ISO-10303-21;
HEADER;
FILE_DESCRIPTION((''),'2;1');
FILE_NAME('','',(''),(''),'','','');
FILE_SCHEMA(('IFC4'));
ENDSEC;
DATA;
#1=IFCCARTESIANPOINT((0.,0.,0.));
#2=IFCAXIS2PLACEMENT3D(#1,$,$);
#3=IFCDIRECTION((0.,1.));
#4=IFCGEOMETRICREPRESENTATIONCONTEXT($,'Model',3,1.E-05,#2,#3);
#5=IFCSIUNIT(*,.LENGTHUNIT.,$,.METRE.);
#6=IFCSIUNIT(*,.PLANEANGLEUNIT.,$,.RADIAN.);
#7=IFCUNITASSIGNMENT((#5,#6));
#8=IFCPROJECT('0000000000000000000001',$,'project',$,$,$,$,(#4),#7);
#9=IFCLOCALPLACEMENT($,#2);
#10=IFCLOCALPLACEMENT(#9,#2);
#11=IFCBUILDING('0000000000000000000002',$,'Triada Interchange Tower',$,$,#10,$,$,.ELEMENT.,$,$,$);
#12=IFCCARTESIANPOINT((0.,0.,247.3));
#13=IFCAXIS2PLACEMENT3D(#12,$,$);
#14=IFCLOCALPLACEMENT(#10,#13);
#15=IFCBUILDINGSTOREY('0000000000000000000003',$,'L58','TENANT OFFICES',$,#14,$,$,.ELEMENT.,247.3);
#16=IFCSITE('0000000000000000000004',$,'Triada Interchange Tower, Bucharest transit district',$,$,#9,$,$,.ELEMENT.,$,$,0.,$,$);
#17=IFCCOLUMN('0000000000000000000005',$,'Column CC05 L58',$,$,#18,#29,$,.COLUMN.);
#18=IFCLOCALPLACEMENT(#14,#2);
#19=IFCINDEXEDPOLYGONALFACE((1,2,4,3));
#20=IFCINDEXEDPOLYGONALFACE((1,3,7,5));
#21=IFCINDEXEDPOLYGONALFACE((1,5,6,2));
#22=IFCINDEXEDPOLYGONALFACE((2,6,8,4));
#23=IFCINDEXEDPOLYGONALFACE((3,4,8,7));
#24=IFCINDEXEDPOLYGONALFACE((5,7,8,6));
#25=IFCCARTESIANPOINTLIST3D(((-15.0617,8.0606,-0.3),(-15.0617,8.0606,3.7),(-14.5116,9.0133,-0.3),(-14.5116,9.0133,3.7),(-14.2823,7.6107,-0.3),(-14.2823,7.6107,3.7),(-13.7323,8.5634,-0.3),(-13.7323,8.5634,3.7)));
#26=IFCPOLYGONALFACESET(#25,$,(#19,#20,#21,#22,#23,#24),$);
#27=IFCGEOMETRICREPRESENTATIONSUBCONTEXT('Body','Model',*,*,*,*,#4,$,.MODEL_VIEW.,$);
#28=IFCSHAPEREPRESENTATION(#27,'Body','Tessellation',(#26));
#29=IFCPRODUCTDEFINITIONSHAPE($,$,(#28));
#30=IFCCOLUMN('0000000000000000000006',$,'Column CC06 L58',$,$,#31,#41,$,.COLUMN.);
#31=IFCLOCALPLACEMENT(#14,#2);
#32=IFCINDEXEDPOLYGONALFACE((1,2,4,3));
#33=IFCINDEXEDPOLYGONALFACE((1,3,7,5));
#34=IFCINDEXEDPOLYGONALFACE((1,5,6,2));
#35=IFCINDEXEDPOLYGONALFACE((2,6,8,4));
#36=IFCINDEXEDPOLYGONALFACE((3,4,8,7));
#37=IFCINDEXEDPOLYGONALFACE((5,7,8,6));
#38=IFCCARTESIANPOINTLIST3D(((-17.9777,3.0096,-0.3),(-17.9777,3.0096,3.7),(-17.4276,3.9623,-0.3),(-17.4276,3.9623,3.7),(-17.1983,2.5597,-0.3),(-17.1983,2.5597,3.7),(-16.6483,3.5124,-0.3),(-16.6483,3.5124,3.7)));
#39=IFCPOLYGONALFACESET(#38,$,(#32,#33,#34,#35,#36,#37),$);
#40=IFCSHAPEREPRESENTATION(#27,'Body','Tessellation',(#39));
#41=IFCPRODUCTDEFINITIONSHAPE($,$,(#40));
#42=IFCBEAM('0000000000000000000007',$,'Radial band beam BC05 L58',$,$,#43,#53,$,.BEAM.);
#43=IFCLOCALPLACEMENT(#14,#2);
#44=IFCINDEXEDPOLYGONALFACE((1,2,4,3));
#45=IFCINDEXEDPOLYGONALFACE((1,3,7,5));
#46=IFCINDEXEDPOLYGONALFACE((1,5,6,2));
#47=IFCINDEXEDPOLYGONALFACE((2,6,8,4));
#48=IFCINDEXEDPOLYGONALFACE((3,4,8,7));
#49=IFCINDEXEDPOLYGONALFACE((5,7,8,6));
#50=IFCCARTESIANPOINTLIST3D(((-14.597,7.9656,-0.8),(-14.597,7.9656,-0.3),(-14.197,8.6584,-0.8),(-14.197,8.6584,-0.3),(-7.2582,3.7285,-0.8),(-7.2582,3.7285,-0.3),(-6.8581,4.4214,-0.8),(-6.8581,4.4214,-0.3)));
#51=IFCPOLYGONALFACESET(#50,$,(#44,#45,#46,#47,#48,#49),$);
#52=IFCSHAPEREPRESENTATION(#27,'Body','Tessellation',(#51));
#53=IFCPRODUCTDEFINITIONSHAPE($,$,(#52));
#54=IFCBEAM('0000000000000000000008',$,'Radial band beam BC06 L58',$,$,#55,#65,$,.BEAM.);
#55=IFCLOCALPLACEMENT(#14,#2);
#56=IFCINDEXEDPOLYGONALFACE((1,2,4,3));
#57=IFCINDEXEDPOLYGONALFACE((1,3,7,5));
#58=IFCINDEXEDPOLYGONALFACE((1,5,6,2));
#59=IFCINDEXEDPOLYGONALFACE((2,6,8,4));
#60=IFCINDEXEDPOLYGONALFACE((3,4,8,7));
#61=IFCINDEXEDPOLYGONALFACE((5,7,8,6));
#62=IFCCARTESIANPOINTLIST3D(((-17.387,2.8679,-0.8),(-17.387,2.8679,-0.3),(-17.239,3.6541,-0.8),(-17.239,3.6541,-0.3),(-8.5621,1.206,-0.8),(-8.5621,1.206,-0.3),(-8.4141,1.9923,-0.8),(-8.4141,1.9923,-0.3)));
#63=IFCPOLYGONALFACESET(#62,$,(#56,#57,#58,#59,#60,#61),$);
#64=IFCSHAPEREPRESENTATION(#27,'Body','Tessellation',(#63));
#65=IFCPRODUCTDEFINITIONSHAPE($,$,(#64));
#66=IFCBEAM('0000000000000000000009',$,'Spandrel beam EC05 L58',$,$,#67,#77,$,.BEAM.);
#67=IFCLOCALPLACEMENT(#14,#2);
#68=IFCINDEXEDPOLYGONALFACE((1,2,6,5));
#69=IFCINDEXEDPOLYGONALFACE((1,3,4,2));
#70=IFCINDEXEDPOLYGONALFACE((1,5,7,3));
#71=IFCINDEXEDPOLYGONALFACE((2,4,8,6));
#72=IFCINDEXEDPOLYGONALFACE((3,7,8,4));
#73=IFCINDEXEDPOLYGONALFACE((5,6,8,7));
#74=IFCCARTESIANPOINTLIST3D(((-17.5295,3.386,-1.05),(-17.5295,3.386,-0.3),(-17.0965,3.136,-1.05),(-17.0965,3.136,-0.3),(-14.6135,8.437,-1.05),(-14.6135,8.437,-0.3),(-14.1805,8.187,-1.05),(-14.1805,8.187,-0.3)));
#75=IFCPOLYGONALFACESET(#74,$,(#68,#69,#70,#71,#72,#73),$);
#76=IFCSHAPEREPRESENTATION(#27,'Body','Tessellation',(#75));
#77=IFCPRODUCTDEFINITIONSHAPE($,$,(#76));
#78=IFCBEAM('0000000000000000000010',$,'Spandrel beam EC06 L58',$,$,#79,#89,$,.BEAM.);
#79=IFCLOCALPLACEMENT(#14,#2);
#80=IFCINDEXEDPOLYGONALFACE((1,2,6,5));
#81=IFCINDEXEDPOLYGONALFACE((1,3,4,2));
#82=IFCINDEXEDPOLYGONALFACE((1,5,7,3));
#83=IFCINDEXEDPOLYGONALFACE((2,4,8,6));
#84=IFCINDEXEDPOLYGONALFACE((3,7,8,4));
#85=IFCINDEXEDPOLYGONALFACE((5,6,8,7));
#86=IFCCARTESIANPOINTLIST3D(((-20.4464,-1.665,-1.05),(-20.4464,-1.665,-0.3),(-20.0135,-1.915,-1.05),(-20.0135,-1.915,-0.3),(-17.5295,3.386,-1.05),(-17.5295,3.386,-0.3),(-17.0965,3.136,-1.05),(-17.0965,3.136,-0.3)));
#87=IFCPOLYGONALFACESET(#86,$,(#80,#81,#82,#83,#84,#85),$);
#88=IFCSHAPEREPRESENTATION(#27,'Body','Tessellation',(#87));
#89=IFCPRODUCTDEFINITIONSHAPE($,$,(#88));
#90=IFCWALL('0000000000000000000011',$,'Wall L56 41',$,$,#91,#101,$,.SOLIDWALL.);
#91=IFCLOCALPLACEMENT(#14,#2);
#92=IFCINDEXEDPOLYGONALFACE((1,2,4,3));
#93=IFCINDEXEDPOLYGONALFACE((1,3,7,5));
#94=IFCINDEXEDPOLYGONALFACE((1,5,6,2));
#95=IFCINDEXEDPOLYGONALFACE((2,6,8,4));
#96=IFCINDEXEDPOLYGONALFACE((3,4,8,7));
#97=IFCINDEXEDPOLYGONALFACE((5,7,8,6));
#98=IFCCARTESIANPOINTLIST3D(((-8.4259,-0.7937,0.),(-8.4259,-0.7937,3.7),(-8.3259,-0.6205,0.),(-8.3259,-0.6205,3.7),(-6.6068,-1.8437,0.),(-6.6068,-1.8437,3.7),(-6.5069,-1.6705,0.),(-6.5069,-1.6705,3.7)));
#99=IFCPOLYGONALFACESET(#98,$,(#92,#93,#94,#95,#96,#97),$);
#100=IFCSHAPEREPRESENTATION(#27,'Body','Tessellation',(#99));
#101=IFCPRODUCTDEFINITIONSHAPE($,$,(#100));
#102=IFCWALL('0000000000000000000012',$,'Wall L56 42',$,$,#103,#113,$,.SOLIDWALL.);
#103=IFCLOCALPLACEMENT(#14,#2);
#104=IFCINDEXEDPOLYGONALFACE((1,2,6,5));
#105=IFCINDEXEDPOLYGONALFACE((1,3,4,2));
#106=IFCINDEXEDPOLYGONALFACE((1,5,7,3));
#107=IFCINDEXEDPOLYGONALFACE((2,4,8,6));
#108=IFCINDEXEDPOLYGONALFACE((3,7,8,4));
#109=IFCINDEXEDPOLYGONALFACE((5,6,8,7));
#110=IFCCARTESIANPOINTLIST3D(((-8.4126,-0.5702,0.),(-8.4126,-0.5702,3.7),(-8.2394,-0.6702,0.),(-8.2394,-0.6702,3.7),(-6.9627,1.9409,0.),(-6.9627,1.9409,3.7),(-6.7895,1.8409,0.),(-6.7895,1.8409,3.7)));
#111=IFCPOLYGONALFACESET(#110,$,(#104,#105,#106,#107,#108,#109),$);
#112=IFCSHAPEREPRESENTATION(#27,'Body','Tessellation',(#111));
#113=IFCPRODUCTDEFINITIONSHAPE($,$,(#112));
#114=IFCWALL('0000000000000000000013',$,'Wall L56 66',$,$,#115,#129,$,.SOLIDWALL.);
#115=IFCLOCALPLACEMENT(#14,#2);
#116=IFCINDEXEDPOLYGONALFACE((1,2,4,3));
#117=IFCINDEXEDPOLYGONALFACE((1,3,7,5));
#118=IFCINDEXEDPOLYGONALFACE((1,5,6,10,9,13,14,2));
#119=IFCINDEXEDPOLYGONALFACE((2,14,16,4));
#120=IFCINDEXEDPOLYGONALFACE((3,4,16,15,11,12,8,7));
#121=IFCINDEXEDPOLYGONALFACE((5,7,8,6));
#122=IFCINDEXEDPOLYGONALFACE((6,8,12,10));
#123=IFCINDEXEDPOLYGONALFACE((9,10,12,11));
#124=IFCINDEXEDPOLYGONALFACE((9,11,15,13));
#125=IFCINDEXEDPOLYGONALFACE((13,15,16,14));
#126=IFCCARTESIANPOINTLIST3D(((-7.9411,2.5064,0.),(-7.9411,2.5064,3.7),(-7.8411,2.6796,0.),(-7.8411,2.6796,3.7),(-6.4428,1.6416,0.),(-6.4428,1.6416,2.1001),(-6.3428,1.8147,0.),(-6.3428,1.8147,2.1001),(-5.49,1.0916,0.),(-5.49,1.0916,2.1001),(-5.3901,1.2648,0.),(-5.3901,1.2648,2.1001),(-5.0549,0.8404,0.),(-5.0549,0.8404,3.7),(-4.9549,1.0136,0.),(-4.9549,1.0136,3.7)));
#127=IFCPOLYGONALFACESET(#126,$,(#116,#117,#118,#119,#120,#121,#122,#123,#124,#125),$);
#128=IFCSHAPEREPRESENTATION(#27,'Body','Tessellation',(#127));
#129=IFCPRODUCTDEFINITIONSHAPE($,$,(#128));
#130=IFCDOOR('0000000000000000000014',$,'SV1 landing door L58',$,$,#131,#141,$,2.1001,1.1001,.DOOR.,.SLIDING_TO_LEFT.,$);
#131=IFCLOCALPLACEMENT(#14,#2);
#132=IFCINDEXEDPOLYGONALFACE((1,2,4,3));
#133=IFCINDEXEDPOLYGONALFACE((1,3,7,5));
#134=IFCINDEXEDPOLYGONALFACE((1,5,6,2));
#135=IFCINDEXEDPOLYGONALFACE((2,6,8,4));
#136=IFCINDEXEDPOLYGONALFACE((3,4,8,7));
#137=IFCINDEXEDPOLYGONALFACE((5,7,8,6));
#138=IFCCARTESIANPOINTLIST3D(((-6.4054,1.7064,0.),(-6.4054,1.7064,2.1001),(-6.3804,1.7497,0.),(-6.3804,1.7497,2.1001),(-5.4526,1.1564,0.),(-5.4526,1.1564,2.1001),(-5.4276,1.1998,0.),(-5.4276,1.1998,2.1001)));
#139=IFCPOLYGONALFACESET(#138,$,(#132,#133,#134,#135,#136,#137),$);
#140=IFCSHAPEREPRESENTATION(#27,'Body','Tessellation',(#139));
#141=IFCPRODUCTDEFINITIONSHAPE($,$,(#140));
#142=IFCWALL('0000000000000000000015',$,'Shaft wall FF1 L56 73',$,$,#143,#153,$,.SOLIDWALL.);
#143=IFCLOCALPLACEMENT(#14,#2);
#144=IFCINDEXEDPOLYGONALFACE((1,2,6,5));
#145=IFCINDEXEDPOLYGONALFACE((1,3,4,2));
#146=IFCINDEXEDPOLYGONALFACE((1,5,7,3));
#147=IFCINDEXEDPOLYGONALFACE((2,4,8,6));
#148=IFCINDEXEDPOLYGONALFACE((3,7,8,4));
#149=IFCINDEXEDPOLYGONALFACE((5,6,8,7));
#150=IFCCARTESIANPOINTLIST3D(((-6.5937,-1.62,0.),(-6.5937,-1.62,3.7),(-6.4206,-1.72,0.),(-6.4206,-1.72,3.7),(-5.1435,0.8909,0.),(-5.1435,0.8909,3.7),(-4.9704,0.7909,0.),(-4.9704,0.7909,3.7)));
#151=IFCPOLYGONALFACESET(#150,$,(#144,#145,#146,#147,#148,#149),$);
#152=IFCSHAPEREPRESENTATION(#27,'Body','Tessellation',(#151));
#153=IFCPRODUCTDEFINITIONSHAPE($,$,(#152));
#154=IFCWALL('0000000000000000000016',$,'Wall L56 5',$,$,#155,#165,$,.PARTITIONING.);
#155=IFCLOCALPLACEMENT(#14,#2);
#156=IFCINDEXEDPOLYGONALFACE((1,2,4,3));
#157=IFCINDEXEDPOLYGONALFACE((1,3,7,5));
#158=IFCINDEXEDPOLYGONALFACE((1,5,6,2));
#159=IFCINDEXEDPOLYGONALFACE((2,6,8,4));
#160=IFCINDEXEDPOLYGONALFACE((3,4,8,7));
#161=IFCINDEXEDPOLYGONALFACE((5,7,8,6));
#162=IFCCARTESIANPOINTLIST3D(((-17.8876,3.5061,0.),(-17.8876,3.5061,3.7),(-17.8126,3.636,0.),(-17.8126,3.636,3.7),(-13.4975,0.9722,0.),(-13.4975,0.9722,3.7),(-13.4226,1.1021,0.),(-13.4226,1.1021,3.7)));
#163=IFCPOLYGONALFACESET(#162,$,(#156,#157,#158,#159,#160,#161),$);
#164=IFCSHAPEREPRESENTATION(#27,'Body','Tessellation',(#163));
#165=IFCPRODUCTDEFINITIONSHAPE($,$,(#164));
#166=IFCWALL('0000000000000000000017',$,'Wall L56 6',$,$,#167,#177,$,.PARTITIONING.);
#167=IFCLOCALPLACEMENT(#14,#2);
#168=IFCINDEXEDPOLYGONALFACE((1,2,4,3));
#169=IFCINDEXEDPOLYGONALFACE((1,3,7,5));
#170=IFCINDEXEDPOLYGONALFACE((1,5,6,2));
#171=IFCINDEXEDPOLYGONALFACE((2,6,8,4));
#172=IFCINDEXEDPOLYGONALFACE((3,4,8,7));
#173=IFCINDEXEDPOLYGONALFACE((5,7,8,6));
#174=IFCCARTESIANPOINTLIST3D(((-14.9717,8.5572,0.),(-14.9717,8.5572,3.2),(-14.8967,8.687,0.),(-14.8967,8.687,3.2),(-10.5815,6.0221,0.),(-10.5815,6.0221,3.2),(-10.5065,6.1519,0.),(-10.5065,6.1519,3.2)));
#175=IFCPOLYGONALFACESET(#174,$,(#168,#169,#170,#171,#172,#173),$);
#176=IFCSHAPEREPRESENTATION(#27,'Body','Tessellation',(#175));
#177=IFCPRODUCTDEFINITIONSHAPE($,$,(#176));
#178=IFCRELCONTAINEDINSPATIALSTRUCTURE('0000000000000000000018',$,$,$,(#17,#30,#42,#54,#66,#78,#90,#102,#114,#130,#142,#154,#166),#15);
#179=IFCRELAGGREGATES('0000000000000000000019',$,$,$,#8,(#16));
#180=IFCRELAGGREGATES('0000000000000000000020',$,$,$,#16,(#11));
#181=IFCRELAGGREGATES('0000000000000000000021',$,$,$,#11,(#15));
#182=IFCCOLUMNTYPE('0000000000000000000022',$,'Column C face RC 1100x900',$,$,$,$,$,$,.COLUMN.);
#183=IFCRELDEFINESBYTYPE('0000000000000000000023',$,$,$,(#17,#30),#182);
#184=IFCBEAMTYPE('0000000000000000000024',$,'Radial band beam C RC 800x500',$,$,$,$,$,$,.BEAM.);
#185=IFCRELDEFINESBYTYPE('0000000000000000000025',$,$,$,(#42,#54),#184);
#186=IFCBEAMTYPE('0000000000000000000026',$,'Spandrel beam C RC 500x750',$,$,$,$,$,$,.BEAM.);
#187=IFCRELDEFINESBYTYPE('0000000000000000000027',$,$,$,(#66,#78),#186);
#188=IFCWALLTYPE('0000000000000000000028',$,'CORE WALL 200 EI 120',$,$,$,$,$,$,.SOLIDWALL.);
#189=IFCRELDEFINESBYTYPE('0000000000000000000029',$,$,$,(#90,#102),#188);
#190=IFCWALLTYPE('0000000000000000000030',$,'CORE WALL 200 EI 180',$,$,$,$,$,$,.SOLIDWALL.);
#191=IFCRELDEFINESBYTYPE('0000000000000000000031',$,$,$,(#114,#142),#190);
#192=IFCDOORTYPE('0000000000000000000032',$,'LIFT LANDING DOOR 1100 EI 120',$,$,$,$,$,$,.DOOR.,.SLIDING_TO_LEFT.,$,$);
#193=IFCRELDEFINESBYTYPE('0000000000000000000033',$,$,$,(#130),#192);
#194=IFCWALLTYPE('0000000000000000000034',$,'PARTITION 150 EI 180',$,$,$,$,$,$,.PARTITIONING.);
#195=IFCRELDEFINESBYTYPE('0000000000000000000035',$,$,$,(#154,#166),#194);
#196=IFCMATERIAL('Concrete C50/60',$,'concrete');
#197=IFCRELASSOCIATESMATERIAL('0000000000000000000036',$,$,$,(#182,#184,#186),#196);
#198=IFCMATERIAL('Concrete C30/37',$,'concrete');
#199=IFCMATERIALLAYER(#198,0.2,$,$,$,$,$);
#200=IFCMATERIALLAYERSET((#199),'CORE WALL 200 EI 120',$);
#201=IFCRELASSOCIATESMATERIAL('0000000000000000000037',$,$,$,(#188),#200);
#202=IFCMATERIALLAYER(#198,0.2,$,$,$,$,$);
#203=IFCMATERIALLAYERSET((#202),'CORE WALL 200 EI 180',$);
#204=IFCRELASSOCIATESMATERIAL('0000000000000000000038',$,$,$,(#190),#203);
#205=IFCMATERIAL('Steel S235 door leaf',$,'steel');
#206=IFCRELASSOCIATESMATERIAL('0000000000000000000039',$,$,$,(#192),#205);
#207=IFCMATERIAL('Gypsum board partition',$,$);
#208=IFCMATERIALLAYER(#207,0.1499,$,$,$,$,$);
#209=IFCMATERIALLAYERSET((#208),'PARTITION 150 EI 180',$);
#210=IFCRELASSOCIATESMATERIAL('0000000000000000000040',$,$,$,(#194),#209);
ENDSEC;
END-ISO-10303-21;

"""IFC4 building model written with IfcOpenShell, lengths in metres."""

from ifc_helpers import new_model, si_unit, direction, frame, frame_2d, origin, origin_2d, place, context, subcontext, project, spatial, rectangle, extrude, material, layer, layer_set, material_profile, profile_set, type_object, element, fill, save


model = new_model("IFC4")

# Units and contexts
model_context = context("Model", 3, precision=1e-05, world=origin(), true_north=direction((0.0, 1.0)))
body_context = subcontext(model_context, "Body", "Model", "MODEL_VIEW")
ifc_project = project(units=[si_unit("LENGTHUNIT", "METRE"), si_unit("PLANEANGLEUNIT", "RADIAN")], contexts=[model_context])

# Site, building, storey
site_placement = place(None, origin())
site = spatial("IfcSite", under=ifc_project, at=site_placement, Name="Triada Interchange Tower, Bucharest transit district", CompositionType="ELEMENT", RefElevation=0.0)
building_placement = place(site_placement, origin())
building = spatial("IfcBuilding", under=site, at=building_placement, Name="Triada Interchange Tower", CompositionType="ELEMENT")
storey_placement = place(building_placement, frame((0.0, 0.0, 247.3)))
storey = spatial("IfcBuildingStorey", under=building, at=storey_placement, Name="L58", Description="TENANT OFFICES", CompositionType="ELEMENT", Elevation=247.3)

# Columns
ifc_material_1 = material(Name="Concrete C50/60", Category="concrete")
ifc_material_profile_1 = material_profile(ifc_material_1, rectangle(XDim=1.1001, YDim=0.8999, at=origin_2d()), Name="RC 1100x900")
ifc_profile_set_1 = profile_set([ifc_material_profile_1], Name="Concrete C50/60")
column_type = type_object("IfcColumnType", Name="Column C face RC 1100x900", PredefinedType="COLUMN", material=ifc_profile_set_1)
for number, where, z_axis, x_axis, name in (
    (1, (-14.397, 8.312, -0.3), (0.0, 0.0, 1.0), (0.5, 0.866025, 0.0), "Column CC05 L58"),
    (2, (-17.313, 3.261, -0.3), (0.0, 0.0, 1.0), (0.5, 0.866025, 0.0), "Column CC06 L58"),
):
    element("IfcColumn", number, at=place(storey_placement, frame(where, z_axis=z_axis, x_axis=x_axis)), inside=storey, type_object=column_type, Name=name, PredefinedType="COLUMN", context=body_context, shape_type="SweptSolid", body=[
        extrude(rectangle(XDim=1.1001, YDim=0.8999, at=origin_2d()), origin(), (0.0, 0.0, 1.0), 4.0),
    ])

# Beams
ifc_material_profile_2 = material_profile(ifc_material_1, rectangle(XDim=0.8, YDim=0.5, at=origin_2d()), Name="RC 800x500")
ifc_profile_set_2 = profile_set([ifc_material_profile_2], Name="Concrete C50/60")
beam_type_1 = type_object("IfcBeamType", Name="Radial band beam C RC 800x500", PredefinedType="BEAM", material=ifc_profile_set_2)
beam_1_placement = place(storey_placement, frame((-14.397, 8.312, -0.55), z_axis=(0.866027, -0.499997, 0.0), x_axis=(0.499997, 0.866027, 0.0)))
element("IfcBeam", 3, at=beam_1_placement, inside=storey, type_object=beam_type_1, Name="Radial band beam BC05 L58", PredefinedType="BEAM", context=body_context, shape_type="SweptSolid", body=[
    extrude(rectangle(XDim=0.8, YDim=0.5, at=origin_2d()), origin(), (0.0, 0.0, 1.0), 8.4741),
])
beam_2_placement = place(storey_placement, frame((-17.313, 3.261, -0.55), z_axis=(0.982727, -0.185062, 0.0), x_axis=(0.185062, 0.982727, 0.0)))
element("IfcBeam", 4, at=beam_2_placement, inside=storey, type_object=beam_type_1, Name="Radial band beam BC06 L58", PredefinedType="BEAM", context=body_context, shape_type="SweptSolid", body=[
    extrude(rectangle(XDim=0.8, YDim=0.5, at=origin_2d()), origin(), (0.0, 0.0, 1.0), 8.98),
])
ifc_material_profile_3 = material_profile(ifc_material_1, rectangle(XDim=0.5, YDim=0.75, at=origin_2d()), Name="RC 500x750")
ifc_profile_set_3 = profile_set([ifc_material_profile_3], Name="Concrete C50/60")
beam_type_2 = type_object("IfcBeamType", Name="Spandrel beam C RC 500x750", PredefinedType="BEAM", material=ifc_profile_set_3)
beam_3_placement = place(storey_placement, frame((-14.397, 8.312, -0.675), z_axis=(-0.499975, -0.86604, 0.0), x_axis=(0.86604, -0.499975, 0.0)))
element("IfcBeam", 5, at=beam_3_placement, inside=storey, type_object=beam_type_2, Name="Spandrel beam EC05 L58", PredefinedType="BEAM", context=body_context, shape_type="SweptSolid", body=[
    extrude(rectangle(XDim=0.5, YDim=0.75, at=origin_2d()), origin(), (0.0, 0.0, 1.0), 5.8323),
])
beam_4_placement = place(storey_placement, frame((-17.313, 3.261, -0.675), z_axis=(-0.5001, -0.865967, 0.0), x_axis=(0.865967, -0.5001, 0.0)))
element("IfcBeam", 6, at=beam_4_placement, inside=storey, type_object=beam_type_2, Name="Spandrel beam EC06 L58", PredefinedType="BEAM", context=body_context, shape_type="SweptSolid", body=[
    extrude(rectangle(XDim=0.5, YDim=0.75, at=origin_2d()), origin(), (0.0, 0.0, 1.0), 5.8328),
])

# Walls
ifc_material_2 = material(Name="Concrete C30/37", Category="concrete")
ifc_layer_1 = layer(ifc_material_2, 0.2)
ifc_layer_set_1 = layer_set([ifc_layer_1], Name="CORE WALL 200 EI 120")
wall_type_1 = type_object("IfcWallType", Name="CORE WALL 200 EI 120", PredefinedType="SOLIDWALL", material=ifc_layer_set_1)
wall_1_placement = place(storey_placement, frame((-8.376, -0.707, 0.0), z_axis=(0.0, 0.0, 1.0), x_axis=(0.866068, -0.499927, 0.0)))
element("IfcWall", 7, at=wall_1_placement, inside=storey, type_object=wall_type_1, Name="Wall L56 41", PredefinedType="SOLIDWALL", context=body_context, shape_type="SweptSolid", body=[
    extrude(rectangle(XDim=2.1003, YDim=0.2, at=frame_2d((1.0503, 0.0))), origin(), (0.0, 0.0, 1.0), 3.7),
])
wall_2_placement = place(storey_placement, frame((-8.3259, -0.6201, 0.0), z_axis=(0.0, 0.0, 1.0), x_axis=(0.500024, 0.866012, 0.0)))
element("IfcWall", 8, at=wall_2_placement, inside=storey, type_object=wall_type_1, Name="Wall L56 42", PredefinedType="SOLIDWALL", context=body_context, shape_type="SweptSolid", body=[
    extrude(rectangle(XDim=2.8997, YDim=0.2, at=frame_2d((1.4497, 0.0))), origin(), (0.0, 0.0, 1.0), 3.7),
])

# Wall, opening, door
ifc_layer_2 = layer(ifc_material_2, 0.2)
ifc_layer_set_2 = layer_set([ifc_layer_2], Name="CORE WALL 200 EI 180")
wall_type_2 = type_object("IfcWallType", Name="CORE WALL 200 EI 180", PredefinedType="SOLIDWALL", material=ifc_layer_set_2)
wall_3_placement = place(storey_placement, frame((-7.8911, 2.593, 0.0), z_axis=(0.0, 0.0, 1.0), x_axis=(0.866071, -0.499921, 0.0)))
wall_3 = element("IfcWall", 9, at=wall_3_placement, inside=storey, type_object=wall_type_2, Name="Wall L56 66", PredefinedType="SOLIDWALL", context=body_context, shape_type="SweptSolid", body=[
    extrude(rectangle(XDim=3.3325, YDim=0.2, at=frame_2d((1.6663, 0.0))), origin(), (0.0, 0.0, 1.0), 3.7),
])
opening_placement = place(wall_3_placement, frame((1.73, 0.0, 0.0)))
opening = element("IfcOpeningElement", 10, at=opening_placement, cuts=wall_3, PredefinedType="OPENING", context=body_context, shape_type="SweptSolid", body=[
    extrude(rectangle(XDim=1.1001, YDim=2.1001, at=frame_2d((0.55, 1.05))), frame((0.0, 0.1099, 0.0), z_axis=(0.0, -1.0, 0.0), x_axis=(1.0, 0.0, 0.0)), (0.0, 0.0, 1.0), 0.22),
])
ifc_material_3 = material(Name="Steel S235 door leaf", Category="steel")
door_type = type_object("IfcDoorType", Name="LIFT LANDING DOOR 1100 EI 120", OperationType="SLIDING_TO_LEFT", PredefinedType="DOOR", material=ifc_material_3)
door_placement = place(opening_placement, origin())
door = element("IfcDoor", 11, at=door_placement, inside=storey, type_object=door_type, Name="SV1 landing door L58", OperationType="SLIDING_TO_LEFT", OverallHeight=2.1001, OverallWidth=1.1001, PredefinedType="DOOR", context=body_context, shape_type="SweptSolid", body=[
    extrude(rectangle(XDim=1.1001, YDim=2.1001, at=frame_2d((0.55, 1.05))), frame((0.0, 0.0249, 0.0), z_axis=(0.0, -1.0, 0.0), x_axis=(1.0, 0.0, 0.0)), (0.0, 0.0, 1.0), 0.05),
])
fill(opening, door)

# Walls
wall_4_placement = place(storey_placement, frame((-6.5071, -1.6699, 0.0), z_axis=(0.0, 0.0, 1.0), x_axis=(0.500123, 0.865954, 0.0)))
element("IfcWall", 12, at=wall_4_placement, inside=storey, type_object=wall_type_2, Name="Shaft wall FF1 L56 73", PredefinedType="SOLIDWALL", context=body_context, shape_type="SweptSolid", body=[
    extrude(rectangle(XDim=2.8997, YDim=0.2, at=frame_2d((1.4497, 0.0))), origin(), (0.0, 0.0, 1.0), 3.7),
])
ifc_material_4 = material(Name="Gypsum board partition")
ifc_layer_3 = layer(ifc_material_4, 0.1499)
ifc_layer_set_3 = layer_set([ifc_layer_3], Name="PARTITION 150 EI 180")
wall_type_3 = type_object("IfcWallType", Name="PARTITION 150 EI 180", PredefinedType="PARTITIONING", material=ifc_layer_set_3)
wall_5_placement = place(storey_placement, frame((-17.8501, 3.571, 0.0), z_axis=(0.0, 0.0, 1.0), x_axis=(0.866086, -0.499895, 0.0)))
element("IfcWall", 13, at=wall_5_placement, inside=storey, type_object=wall_type_3, Name="Wall L56 5", PredefinedType="PARTITIONING", context=body_context, shape_type="SweptSolid", body=[
    extrude(rectangle(XDim=5.0688, YDim=0.1499, at=frame_2d((2.5344, 0.0))), origin(), (0.0, 0.0, 1.0), 3.7),
])
wall_6_placement = place(storey_placement, frame((-14.9341, 8.6221, 0.0), z_axis=(0.0, 0.0, 1.0), x_axis=(0.865982, -0.500075, 0.0)))
element("IfcWall", 14, at=wall_6_placement, inside=storey, type_object=wall_type_3, Name="Wall L56 6", PredefinedType="PARTITIONING", context=body_context, shape_type="SweptSolid", body=[
    extrude(rectangle(XDim=5.0696, YDim=0.1499, at=frame_2d((2.5347, 0.0))), origin(), (0.0, 0.0, 1.0), 3.2),
])

save(model, "model.ifc")
